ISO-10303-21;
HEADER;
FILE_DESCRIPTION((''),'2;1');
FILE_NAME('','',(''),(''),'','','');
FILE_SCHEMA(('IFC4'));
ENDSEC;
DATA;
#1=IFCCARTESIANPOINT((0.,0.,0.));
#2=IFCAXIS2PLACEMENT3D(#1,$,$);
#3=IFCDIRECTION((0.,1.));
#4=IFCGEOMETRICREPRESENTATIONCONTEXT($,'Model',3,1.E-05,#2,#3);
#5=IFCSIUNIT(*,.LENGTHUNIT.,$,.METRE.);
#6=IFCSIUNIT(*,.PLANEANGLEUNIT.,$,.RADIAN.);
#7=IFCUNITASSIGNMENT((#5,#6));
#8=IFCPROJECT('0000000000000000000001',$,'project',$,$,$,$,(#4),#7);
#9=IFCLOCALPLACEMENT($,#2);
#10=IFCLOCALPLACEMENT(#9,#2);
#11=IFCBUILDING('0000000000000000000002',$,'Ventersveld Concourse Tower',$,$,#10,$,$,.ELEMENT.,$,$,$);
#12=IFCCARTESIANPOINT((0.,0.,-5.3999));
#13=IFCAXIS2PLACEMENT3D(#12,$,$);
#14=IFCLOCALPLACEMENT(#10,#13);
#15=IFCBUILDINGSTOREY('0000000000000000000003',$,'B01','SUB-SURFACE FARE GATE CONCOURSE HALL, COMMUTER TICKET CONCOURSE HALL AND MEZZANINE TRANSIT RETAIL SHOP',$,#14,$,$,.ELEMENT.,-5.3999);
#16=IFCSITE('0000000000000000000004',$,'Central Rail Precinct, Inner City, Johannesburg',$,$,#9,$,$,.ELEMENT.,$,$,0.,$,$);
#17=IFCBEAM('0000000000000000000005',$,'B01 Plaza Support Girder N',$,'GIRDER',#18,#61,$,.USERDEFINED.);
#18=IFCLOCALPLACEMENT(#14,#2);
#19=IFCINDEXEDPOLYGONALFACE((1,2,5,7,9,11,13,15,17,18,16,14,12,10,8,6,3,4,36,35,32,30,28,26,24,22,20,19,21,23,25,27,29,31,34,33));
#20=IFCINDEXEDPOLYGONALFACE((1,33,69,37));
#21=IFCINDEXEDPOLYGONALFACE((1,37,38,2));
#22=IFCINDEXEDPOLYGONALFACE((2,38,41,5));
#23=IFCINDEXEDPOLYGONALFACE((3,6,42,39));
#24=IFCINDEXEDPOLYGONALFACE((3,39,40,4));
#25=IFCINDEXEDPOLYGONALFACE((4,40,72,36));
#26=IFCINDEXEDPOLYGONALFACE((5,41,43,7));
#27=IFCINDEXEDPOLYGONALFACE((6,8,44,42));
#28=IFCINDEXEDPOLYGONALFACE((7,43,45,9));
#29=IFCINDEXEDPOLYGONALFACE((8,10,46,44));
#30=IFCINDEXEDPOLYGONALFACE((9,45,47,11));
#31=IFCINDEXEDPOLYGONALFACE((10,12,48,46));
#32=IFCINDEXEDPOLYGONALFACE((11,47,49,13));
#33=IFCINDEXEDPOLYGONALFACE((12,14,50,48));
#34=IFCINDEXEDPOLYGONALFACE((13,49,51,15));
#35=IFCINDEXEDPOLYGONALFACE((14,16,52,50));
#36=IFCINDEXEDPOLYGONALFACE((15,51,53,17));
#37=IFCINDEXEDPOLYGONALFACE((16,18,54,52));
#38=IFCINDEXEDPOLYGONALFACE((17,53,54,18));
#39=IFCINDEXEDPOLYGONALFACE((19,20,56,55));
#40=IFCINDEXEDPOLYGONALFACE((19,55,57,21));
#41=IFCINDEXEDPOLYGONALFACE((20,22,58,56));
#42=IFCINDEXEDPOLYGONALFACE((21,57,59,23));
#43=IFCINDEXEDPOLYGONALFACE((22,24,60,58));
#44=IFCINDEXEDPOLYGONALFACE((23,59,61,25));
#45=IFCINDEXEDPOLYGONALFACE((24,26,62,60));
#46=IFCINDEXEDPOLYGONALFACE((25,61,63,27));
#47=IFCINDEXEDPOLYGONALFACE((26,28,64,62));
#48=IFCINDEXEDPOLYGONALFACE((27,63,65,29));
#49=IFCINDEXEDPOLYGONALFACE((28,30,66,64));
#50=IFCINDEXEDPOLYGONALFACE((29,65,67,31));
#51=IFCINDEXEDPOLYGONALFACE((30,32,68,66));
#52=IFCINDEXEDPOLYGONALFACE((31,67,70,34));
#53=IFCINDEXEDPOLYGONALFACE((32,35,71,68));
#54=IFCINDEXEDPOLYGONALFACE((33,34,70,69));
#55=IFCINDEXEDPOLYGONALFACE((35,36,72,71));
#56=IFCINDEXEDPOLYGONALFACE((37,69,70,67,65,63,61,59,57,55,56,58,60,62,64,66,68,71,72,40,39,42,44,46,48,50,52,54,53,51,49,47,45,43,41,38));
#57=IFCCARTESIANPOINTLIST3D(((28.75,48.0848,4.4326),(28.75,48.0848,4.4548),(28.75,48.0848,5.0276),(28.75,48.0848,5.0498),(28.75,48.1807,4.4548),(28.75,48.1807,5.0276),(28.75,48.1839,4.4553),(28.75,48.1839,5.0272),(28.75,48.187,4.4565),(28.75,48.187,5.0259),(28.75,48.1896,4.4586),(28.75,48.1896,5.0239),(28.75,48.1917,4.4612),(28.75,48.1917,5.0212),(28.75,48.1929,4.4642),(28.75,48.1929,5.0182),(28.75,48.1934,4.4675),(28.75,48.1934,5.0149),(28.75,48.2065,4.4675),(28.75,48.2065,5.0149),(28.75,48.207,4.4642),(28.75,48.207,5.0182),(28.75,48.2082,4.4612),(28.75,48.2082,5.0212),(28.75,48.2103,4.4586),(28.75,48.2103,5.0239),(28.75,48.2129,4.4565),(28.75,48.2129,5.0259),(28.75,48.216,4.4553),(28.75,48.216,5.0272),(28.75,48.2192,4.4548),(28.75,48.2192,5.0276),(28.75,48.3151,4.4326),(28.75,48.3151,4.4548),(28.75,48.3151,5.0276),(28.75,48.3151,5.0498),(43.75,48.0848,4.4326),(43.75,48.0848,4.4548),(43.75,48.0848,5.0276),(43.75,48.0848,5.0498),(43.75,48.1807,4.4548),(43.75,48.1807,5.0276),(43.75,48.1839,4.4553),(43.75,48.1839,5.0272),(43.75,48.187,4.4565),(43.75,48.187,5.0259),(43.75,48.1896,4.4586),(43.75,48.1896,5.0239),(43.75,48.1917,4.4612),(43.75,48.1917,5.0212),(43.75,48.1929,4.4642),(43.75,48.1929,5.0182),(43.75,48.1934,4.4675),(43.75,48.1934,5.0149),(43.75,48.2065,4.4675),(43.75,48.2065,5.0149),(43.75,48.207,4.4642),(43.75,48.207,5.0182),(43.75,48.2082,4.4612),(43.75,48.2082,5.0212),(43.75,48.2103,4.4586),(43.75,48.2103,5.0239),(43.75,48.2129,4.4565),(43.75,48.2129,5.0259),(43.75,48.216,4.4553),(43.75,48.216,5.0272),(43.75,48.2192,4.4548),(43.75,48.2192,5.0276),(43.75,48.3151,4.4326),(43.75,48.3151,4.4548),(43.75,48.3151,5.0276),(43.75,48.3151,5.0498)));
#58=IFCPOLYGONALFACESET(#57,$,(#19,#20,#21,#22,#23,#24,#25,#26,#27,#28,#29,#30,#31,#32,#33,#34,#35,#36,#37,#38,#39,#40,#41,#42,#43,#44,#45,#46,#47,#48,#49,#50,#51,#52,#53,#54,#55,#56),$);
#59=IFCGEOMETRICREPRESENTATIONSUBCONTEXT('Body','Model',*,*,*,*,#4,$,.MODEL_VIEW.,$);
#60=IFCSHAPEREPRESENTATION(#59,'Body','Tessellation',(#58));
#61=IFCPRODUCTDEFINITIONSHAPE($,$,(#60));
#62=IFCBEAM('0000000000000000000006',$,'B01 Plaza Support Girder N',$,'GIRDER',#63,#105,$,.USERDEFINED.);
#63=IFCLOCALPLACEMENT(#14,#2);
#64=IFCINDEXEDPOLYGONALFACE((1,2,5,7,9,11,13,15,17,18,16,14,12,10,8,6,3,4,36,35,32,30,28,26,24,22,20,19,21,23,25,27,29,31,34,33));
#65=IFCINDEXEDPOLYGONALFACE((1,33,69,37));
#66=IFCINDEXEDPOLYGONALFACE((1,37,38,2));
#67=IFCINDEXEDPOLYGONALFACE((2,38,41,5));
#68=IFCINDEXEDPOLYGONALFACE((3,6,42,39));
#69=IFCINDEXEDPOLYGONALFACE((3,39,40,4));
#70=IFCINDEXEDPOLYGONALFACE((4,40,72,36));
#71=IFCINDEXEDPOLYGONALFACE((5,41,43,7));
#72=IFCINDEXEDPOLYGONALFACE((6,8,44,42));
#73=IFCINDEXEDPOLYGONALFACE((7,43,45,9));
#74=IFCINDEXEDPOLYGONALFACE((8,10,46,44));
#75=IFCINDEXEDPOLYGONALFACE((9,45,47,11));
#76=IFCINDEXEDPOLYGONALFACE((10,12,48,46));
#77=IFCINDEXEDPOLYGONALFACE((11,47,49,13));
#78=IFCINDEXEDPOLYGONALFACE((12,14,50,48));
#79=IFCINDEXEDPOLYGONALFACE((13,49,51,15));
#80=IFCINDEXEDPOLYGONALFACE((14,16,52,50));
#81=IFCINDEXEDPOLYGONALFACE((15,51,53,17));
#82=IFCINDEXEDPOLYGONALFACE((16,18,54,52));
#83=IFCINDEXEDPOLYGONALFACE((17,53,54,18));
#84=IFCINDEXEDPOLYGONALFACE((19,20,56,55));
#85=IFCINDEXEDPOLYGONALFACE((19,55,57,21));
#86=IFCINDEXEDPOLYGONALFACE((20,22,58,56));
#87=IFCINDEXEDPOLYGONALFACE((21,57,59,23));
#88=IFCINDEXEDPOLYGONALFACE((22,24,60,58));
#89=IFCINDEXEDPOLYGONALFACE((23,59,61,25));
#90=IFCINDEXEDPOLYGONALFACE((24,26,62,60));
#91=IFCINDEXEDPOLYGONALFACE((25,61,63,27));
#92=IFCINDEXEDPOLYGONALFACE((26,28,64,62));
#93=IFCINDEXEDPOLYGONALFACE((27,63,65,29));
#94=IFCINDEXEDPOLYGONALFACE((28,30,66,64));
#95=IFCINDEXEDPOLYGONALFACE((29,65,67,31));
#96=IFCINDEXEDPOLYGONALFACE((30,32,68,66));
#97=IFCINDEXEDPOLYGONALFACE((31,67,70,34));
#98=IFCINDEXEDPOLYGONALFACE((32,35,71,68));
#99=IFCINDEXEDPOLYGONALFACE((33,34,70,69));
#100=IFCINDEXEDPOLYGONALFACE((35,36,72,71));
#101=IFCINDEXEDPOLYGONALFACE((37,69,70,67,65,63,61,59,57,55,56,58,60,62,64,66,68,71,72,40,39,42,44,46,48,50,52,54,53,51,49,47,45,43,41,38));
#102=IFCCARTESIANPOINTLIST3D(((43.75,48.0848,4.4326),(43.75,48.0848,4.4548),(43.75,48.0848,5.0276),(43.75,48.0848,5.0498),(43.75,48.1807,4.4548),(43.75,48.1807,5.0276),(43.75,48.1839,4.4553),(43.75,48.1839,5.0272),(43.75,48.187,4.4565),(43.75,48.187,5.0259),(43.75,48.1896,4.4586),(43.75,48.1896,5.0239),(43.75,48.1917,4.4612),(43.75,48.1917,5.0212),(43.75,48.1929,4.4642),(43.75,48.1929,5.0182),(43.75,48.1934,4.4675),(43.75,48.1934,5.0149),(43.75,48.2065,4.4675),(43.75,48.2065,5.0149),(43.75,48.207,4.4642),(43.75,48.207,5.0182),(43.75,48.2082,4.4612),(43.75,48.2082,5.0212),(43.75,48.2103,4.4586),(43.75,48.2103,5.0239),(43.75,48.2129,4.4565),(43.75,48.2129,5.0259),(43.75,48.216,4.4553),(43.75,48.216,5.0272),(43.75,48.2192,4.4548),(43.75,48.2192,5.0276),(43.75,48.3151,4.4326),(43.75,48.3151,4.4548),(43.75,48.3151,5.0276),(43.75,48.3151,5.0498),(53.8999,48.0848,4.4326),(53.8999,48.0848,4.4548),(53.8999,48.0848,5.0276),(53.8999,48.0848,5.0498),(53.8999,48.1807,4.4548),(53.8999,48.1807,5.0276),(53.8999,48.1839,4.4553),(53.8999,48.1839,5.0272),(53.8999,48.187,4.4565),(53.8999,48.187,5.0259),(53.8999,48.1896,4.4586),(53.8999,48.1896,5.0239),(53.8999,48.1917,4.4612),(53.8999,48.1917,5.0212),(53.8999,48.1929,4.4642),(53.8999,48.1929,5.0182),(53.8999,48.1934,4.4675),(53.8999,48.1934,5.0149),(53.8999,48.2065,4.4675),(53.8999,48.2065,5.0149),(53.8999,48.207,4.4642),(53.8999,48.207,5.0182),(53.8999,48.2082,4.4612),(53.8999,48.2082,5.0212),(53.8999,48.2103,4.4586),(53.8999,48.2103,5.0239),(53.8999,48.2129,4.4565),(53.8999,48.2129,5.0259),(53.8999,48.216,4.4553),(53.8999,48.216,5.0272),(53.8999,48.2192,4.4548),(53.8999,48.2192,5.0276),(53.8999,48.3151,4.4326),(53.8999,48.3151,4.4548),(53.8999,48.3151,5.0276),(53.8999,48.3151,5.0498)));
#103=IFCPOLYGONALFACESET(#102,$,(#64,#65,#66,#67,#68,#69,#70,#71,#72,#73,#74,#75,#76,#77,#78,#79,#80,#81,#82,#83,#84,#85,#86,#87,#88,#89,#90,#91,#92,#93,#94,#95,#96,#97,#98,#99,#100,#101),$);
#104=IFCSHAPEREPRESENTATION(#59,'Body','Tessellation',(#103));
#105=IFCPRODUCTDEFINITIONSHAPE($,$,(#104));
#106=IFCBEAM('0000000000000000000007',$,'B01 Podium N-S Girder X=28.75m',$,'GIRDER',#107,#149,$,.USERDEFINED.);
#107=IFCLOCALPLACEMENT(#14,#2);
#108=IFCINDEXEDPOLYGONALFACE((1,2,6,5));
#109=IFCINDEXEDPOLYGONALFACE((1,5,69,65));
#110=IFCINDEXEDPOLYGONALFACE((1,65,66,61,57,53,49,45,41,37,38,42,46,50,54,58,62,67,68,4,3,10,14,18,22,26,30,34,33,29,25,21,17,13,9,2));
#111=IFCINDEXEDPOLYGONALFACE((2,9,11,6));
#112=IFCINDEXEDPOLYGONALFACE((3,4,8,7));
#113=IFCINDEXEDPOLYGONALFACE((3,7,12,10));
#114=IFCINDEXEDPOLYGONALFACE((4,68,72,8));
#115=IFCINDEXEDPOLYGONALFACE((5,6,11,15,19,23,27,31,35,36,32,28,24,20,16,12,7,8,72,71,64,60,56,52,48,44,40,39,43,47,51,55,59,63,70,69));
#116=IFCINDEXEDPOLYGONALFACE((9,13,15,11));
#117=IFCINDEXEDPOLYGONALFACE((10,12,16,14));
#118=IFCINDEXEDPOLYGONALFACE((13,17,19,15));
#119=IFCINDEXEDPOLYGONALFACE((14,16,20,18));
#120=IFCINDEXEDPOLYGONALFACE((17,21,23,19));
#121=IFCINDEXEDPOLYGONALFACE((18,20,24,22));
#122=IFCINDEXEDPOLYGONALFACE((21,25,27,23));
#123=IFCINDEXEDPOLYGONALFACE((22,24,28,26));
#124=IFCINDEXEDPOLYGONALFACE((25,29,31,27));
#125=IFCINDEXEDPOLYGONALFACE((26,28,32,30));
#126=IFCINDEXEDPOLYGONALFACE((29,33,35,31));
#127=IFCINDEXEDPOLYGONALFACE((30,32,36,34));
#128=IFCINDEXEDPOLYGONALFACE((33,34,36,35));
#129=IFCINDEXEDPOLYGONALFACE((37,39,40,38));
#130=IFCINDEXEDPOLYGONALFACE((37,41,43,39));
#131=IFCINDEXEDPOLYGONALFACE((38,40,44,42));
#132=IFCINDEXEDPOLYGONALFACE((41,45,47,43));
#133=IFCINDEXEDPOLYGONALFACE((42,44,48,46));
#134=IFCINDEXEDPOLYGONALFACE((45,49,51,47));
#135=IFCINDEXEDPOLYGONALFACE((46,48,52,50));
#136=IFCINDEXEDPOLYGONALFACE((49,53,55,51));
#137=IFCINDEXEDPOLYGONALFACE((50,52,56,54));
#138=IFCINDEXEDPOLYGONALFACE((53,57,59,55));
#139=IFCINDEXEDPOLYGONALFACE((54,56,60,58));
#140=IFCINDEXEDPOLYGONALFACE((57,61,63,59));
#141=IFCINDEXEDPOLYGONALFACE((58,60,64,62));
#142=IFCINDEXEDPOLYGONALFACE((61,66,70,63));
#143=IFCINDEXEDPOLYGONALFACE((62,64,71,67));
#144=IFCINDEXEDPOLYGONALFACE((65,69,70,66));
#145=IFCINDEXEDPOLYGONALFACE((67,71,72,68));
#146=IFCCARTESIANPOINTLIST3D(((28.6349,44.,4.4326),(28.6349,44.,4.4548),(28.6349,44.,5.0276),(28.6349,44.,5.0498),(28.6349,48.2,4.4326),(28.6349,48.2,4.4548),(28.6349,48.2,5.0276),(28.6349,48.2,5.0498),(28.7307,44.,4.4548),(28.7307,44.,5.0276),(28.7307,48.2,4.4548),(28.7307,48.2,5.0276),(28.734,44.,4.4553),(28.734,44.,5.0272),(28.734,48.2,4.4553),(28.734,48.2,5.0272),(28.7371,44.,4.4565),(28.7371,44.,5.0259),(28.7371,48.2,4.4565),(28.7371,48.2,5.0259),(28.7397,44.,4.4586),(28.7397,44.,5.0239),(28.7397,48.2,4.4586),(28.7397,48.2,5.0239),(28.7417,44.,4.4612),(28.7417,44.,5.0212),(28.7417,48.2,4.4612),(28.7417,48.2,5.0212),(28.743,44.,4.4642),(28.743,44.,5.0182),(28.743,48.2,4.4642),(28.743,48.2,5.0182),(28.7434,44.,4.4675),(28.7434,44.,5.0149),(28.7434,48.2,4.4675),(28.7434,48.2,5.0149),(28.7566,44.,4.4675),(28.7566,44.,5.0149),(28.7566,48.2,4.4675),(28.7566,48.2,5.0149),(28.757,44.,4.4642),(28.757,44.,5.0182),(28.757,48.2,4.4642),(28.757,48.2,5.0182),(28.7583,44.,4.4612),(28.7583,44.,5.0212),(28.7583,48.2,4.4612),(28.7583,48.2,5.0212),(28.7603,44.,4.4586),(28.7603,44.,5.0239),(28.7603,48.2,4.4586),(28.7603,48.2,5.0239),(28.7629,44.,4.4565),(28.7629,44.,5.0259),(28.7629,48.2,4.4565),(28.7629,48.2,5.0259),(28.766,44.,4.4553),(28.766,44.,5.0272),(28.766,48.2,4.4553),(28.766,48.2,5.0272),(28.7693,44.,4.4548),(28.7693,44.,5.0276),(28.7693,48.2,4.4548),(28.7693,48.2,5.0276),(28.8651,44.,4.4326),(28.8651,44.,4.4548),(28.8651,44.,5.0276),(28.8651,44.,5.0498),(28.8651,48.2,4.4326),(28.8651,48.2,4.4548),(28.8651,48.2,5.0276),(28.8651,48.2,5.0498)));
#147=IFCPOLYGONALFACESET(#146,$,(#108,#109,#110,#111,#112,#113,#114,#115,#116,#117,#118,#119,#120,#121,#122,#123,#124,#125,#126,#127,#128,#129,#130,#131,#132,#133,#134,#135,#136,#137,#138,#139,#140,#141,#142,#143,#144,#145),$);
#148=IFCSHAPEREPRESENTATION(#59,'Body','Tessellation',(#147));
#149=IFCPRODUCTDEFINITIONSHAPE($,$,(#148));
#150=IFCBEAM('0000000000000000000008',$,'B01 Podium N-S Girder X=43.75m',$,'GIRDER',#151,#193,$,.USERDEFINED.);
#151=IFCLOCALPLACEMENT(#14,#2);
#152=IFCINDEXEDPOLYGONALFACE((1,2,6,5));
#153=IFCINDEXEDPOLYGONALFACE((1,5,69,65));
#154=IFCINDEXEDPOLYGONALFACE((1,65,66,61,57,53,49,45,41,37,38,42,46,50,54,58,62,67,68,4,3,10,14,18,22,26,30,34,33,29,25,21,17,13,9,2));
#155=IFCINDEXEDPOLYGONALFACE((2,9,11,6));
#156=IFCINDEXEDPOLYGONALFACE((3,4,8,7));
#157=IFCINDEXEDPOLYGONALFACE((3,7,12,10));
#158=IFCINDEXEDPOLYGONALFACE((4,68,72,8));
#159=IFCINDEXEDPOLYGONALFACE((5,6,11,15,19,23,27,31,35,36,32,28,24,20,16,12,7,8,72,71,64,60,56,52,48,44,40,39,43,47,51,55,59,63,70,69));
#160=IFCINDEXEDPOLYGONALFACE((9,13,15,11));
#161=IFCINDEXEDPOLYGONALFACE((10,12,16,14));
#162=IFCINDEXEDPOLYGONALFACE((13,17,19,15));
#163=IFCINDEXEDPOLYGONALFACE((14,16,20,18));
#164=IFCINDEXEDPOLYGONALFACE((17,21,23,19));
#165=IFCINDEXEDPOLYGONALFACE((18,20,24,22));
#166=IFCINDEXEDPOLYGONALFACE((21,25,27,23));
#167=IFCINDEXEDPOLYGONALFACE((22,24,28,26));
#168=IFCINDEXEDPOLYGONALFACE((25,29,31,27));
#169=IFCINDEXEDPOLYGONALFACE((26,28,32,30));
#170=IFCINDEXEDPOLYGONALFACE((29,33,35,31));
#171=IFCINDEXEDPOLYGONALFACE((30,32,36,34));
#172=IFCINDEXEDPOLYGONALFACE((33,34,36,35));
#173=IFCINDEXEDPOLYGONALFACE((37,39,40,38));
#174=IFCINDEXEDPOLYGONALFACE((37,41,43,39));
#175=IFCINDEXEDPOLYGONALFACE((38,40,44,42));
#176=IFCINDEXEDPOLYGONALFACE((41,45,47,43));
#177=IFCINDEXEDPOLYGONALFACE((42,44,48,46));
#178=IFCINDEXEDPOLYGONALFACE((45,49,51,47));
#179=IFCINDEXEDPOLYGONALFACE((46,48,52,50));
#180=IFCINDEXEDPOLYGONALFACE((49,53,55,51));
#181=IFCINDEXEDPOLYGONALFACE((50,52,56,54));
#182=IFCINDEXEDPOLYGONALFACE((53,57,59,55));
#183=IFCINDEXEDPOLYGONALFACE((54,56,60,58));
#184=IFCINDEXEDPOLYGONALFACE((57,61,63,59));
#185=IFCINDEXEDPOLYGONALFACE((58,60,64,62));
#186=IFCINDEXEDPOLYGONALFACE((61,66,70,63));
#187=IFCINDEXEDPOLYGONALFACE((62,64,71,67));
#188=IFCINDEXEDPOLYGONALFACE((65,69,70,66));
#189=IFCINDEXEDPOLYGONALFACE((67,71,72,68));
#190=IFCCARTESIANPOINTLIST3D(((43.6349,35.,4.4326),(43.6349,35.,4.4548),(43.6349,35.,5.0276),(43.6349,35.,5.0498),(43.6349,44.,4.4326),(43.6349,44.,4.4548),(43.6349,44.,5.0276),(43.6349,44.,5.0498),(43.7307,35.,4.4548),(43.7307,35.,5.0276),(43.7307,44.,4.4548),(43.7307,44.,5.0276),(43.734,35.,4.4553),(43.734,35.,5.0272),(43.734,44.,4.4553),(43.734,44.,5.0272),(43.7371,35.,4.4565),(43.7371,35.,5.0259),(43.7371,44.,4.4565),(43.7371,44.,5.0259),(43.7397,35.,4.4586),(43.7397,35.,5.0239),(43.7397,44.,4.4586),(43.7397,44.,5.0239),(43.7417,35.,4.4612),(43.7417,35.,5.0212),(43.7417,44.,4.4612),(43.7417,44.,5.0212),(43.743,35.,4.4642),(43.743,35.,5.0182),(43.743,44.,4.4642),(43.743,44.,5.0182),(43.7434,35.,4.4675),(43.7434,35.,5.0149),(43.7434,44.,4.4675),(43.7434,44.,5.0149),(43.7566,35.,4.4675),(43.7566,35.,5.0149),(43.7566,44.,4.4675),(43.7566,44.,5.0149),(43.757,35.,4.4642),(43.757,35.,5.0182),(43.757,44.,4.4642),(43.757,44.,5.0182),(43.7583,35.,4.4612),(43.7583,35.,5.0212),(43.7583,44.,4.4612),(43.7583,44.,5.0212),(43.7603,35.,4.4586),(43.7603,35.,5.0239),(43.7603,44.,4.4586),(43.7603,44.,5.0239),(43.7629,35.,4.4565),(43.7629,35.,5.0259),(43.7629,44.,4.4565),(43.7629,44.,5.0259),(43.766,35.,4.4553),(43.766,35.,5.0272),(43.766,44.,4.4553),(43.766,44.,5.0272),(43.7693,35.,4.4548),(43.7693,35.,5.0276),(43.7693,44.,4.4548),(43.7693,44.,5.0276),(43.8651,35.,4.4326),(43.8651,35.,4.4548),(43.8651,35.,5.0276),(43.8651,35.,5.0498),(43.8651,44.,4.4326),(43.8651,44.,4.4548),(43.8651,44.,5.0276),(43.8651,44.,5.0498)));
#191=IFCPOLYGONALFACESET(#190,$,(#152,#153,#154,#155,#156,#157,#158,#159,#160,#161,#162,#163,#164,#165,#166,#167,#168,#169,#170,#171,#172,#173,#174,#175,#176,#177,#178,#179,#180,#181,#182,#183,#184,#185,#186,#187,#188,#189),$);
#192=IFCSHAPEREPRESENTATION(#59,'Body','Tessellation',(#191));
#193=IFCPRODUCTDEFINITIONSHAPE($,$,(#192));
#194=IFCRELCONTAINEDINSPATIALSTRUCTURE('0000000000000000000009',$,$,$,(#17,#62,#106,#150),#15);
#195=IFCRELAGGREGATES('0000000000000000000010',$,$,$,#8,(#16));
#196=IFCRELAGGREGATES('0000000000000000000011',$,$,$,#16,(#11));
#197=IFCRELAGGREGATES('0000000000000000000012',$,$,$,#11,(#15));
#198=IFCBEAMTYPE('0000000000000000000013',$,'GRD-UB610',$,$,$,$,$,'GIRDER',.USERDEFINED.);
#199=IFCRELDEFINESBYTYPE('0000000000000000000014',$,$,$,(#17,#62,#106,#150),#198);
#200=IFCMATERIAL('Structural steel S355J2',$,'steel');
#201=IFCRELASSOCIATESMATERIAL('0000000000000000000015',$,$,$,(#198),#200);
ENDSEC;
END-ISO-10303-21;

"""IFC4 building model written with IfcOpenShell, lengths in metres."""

from ifc_helpers import new_model, si_unit, direction, frame, origin, origin_2d, place, context, subcontext, project, spatial, i_section, extrude, material, material_profile, profile_set, type_object, element, save


model = new_model("IFC4")

# Units and contexts
model_context = context("Model", 3, precision=1e-05, world=origin(), true_north=direction((0.0, 1.0)))
body_context = subcontext(model_context, "Body", "Model", "MODEL_VIEW")
ifc_project = project(units=[si_unit("LENGTHUNIT", "METRE"), si_unit("PLANEANGLEUNIT", "RADIAN")], contexts=[model_context])

# Site, building, storey
site_placement = place(None, origin())
site = spatial("IfcSite", under=ifc_project, at=site_placement, Name="Central Rail Precinct, Inner City, Johannesburg", CompositionType="ELEMENT", RefElevation=0.0)
building_placement = place(site_placement, origin())
building = spatial("IfcBuilding", under=site, at=building_placement, Name="Ventersveld Concourse Tower", CompositionType="ELEMENT")
storey_placement = place(building_placement, frame((0.0, 0.0, -5.3999)))
storey = spatial("IfcBuildingStorey", under=building, at=storey_placement, Name="B01", Description="SUB-SURFACE FARE GATE CONCOURSE HALL, COMMUTER TICKET CONCOURSE HALL AND MEZZANINE TRANSIT RETAIL SHOP", CompositionType="ELEMENT", Elevation=-5.3999)

# Beams
ifc_material_1 = material(Name="Structural steel S355J2", Category="steel")
ifc_material_profile_1 = material_profile(ifc_material_1, i_section(OverallWidth=0.2302, OverallDepth=0.6172, WebThickness=0.0132, FlangeThickness=0.0222, FilletRadius=0.0127, at=origin_2d()), Name="UB 610x229x140")
ifc_profile_set_1 = profile_set([ifc_material_profile_1], Name="Structural steel S355J2")
beam_type_1 = type_object("IfcBeamType", Name="GRD-UB610", ElementType="GIRDER", PredefinedType="USERDEFINED", material=ifc_profile_set_1)
beam_1_placement = place(storey_placement, frame((28.75, 48.2, 4.7412), z_axis=(1.0, 0.0, 0.0), x_axis=(0.0, 1.0, 0.0)))
element("IfcBeam", 1, at=beam_1_placement, inside=storey, type_object=beam_type_1, Name="B01 Plaza Support Girder N", ObjectType="GIRDER", PredefinedType="USERDEFINED", context=body_context, shape_type="SweptSolid", body=[
    extrude(i_section(OverallWidth=0.2302, OverallDepth=0.6172, WebThickness=0.0132, FlangeThickness=0.0222, FilletRadius=0.0127, at=origin_2d()), origin(), (0.0, 0.0, 1.0), 15.0),
])
beam_2_placement = place(storey_placement, frame((43.75, 48.2, 4.7412), z_axis=(1.0, 0.0, 0.0), x_axis=(0.0, 1.0, 0.0)))
element("IfcBeam", 2, at=beam_2_placement, inside=storey, type_object=beam_type_1, Name="B01 Plaza Support Girder N", ObjectType="GIRDER", PredefinedType="USERDEFINED", context=body_context, shape_type="SweptSolid", body=[
    extrude(i_section(OverallWidth=0.2302, OverallDepth=0.6172, WebThickness=0.0132, FlangeThickness=0.0222, FilletRadius=0.0127, at=origin_2d()), origin(), (0.0, 0.0, 1.0), 10.1499),
])
beam_3_placement = place(storey_placement, frame((28.75, 44.0, 4.7412), z_axis=(0.0, 1.0, 0.0), x_axis=(-1.0, 0.0, 0.0)))
element("IfcBeam", 3, at=beam_3_placement, inside=storey, type_object=beam_type_1, Name="B01 Podium N-S Girder X=28.75m", ObjectType="GIRDER", PredefinedType="USERDEFINED", context=body_context, shape_type="SweptSolid", body=[
    extrude(i_section(OverallWidth=0.2302, OverallDepth=0.6172, WebThickness=0.0132, FlangeThickness=0.0222, FilletRadius=0.0127, at=origin_2d()), origin(), (0.0, 0.0, 1.0), 4.2),
])
beam_4_placement = place(storey_placement, frame((43.75, 35.0, 4.7412), z_axis=(0.0, 1.0, 0.0), x_axis=(-1.0, 0.0, 0.0)))
element("IfcBeam", 4, at=beam_4_placement, inside=storey, type_object=beam_type_1, Name="B01 Podium N-S Girder X=43.75m", ObjectType="GIRDER", PredefinedType="USERDEFINED", context=body_context, shape_type="SweptSolid", body=[
    extrude(i_section(OverallWidth=0.2302, OverallDepth=0.6172, WebThickness=0.0132, FlangeThickness=0.0222, FilletRadius=0.0127, at=origin_2d()), origin(), (0.0, 0.0, 1.0), 9.0),
])

save(model, "model.ifc")
